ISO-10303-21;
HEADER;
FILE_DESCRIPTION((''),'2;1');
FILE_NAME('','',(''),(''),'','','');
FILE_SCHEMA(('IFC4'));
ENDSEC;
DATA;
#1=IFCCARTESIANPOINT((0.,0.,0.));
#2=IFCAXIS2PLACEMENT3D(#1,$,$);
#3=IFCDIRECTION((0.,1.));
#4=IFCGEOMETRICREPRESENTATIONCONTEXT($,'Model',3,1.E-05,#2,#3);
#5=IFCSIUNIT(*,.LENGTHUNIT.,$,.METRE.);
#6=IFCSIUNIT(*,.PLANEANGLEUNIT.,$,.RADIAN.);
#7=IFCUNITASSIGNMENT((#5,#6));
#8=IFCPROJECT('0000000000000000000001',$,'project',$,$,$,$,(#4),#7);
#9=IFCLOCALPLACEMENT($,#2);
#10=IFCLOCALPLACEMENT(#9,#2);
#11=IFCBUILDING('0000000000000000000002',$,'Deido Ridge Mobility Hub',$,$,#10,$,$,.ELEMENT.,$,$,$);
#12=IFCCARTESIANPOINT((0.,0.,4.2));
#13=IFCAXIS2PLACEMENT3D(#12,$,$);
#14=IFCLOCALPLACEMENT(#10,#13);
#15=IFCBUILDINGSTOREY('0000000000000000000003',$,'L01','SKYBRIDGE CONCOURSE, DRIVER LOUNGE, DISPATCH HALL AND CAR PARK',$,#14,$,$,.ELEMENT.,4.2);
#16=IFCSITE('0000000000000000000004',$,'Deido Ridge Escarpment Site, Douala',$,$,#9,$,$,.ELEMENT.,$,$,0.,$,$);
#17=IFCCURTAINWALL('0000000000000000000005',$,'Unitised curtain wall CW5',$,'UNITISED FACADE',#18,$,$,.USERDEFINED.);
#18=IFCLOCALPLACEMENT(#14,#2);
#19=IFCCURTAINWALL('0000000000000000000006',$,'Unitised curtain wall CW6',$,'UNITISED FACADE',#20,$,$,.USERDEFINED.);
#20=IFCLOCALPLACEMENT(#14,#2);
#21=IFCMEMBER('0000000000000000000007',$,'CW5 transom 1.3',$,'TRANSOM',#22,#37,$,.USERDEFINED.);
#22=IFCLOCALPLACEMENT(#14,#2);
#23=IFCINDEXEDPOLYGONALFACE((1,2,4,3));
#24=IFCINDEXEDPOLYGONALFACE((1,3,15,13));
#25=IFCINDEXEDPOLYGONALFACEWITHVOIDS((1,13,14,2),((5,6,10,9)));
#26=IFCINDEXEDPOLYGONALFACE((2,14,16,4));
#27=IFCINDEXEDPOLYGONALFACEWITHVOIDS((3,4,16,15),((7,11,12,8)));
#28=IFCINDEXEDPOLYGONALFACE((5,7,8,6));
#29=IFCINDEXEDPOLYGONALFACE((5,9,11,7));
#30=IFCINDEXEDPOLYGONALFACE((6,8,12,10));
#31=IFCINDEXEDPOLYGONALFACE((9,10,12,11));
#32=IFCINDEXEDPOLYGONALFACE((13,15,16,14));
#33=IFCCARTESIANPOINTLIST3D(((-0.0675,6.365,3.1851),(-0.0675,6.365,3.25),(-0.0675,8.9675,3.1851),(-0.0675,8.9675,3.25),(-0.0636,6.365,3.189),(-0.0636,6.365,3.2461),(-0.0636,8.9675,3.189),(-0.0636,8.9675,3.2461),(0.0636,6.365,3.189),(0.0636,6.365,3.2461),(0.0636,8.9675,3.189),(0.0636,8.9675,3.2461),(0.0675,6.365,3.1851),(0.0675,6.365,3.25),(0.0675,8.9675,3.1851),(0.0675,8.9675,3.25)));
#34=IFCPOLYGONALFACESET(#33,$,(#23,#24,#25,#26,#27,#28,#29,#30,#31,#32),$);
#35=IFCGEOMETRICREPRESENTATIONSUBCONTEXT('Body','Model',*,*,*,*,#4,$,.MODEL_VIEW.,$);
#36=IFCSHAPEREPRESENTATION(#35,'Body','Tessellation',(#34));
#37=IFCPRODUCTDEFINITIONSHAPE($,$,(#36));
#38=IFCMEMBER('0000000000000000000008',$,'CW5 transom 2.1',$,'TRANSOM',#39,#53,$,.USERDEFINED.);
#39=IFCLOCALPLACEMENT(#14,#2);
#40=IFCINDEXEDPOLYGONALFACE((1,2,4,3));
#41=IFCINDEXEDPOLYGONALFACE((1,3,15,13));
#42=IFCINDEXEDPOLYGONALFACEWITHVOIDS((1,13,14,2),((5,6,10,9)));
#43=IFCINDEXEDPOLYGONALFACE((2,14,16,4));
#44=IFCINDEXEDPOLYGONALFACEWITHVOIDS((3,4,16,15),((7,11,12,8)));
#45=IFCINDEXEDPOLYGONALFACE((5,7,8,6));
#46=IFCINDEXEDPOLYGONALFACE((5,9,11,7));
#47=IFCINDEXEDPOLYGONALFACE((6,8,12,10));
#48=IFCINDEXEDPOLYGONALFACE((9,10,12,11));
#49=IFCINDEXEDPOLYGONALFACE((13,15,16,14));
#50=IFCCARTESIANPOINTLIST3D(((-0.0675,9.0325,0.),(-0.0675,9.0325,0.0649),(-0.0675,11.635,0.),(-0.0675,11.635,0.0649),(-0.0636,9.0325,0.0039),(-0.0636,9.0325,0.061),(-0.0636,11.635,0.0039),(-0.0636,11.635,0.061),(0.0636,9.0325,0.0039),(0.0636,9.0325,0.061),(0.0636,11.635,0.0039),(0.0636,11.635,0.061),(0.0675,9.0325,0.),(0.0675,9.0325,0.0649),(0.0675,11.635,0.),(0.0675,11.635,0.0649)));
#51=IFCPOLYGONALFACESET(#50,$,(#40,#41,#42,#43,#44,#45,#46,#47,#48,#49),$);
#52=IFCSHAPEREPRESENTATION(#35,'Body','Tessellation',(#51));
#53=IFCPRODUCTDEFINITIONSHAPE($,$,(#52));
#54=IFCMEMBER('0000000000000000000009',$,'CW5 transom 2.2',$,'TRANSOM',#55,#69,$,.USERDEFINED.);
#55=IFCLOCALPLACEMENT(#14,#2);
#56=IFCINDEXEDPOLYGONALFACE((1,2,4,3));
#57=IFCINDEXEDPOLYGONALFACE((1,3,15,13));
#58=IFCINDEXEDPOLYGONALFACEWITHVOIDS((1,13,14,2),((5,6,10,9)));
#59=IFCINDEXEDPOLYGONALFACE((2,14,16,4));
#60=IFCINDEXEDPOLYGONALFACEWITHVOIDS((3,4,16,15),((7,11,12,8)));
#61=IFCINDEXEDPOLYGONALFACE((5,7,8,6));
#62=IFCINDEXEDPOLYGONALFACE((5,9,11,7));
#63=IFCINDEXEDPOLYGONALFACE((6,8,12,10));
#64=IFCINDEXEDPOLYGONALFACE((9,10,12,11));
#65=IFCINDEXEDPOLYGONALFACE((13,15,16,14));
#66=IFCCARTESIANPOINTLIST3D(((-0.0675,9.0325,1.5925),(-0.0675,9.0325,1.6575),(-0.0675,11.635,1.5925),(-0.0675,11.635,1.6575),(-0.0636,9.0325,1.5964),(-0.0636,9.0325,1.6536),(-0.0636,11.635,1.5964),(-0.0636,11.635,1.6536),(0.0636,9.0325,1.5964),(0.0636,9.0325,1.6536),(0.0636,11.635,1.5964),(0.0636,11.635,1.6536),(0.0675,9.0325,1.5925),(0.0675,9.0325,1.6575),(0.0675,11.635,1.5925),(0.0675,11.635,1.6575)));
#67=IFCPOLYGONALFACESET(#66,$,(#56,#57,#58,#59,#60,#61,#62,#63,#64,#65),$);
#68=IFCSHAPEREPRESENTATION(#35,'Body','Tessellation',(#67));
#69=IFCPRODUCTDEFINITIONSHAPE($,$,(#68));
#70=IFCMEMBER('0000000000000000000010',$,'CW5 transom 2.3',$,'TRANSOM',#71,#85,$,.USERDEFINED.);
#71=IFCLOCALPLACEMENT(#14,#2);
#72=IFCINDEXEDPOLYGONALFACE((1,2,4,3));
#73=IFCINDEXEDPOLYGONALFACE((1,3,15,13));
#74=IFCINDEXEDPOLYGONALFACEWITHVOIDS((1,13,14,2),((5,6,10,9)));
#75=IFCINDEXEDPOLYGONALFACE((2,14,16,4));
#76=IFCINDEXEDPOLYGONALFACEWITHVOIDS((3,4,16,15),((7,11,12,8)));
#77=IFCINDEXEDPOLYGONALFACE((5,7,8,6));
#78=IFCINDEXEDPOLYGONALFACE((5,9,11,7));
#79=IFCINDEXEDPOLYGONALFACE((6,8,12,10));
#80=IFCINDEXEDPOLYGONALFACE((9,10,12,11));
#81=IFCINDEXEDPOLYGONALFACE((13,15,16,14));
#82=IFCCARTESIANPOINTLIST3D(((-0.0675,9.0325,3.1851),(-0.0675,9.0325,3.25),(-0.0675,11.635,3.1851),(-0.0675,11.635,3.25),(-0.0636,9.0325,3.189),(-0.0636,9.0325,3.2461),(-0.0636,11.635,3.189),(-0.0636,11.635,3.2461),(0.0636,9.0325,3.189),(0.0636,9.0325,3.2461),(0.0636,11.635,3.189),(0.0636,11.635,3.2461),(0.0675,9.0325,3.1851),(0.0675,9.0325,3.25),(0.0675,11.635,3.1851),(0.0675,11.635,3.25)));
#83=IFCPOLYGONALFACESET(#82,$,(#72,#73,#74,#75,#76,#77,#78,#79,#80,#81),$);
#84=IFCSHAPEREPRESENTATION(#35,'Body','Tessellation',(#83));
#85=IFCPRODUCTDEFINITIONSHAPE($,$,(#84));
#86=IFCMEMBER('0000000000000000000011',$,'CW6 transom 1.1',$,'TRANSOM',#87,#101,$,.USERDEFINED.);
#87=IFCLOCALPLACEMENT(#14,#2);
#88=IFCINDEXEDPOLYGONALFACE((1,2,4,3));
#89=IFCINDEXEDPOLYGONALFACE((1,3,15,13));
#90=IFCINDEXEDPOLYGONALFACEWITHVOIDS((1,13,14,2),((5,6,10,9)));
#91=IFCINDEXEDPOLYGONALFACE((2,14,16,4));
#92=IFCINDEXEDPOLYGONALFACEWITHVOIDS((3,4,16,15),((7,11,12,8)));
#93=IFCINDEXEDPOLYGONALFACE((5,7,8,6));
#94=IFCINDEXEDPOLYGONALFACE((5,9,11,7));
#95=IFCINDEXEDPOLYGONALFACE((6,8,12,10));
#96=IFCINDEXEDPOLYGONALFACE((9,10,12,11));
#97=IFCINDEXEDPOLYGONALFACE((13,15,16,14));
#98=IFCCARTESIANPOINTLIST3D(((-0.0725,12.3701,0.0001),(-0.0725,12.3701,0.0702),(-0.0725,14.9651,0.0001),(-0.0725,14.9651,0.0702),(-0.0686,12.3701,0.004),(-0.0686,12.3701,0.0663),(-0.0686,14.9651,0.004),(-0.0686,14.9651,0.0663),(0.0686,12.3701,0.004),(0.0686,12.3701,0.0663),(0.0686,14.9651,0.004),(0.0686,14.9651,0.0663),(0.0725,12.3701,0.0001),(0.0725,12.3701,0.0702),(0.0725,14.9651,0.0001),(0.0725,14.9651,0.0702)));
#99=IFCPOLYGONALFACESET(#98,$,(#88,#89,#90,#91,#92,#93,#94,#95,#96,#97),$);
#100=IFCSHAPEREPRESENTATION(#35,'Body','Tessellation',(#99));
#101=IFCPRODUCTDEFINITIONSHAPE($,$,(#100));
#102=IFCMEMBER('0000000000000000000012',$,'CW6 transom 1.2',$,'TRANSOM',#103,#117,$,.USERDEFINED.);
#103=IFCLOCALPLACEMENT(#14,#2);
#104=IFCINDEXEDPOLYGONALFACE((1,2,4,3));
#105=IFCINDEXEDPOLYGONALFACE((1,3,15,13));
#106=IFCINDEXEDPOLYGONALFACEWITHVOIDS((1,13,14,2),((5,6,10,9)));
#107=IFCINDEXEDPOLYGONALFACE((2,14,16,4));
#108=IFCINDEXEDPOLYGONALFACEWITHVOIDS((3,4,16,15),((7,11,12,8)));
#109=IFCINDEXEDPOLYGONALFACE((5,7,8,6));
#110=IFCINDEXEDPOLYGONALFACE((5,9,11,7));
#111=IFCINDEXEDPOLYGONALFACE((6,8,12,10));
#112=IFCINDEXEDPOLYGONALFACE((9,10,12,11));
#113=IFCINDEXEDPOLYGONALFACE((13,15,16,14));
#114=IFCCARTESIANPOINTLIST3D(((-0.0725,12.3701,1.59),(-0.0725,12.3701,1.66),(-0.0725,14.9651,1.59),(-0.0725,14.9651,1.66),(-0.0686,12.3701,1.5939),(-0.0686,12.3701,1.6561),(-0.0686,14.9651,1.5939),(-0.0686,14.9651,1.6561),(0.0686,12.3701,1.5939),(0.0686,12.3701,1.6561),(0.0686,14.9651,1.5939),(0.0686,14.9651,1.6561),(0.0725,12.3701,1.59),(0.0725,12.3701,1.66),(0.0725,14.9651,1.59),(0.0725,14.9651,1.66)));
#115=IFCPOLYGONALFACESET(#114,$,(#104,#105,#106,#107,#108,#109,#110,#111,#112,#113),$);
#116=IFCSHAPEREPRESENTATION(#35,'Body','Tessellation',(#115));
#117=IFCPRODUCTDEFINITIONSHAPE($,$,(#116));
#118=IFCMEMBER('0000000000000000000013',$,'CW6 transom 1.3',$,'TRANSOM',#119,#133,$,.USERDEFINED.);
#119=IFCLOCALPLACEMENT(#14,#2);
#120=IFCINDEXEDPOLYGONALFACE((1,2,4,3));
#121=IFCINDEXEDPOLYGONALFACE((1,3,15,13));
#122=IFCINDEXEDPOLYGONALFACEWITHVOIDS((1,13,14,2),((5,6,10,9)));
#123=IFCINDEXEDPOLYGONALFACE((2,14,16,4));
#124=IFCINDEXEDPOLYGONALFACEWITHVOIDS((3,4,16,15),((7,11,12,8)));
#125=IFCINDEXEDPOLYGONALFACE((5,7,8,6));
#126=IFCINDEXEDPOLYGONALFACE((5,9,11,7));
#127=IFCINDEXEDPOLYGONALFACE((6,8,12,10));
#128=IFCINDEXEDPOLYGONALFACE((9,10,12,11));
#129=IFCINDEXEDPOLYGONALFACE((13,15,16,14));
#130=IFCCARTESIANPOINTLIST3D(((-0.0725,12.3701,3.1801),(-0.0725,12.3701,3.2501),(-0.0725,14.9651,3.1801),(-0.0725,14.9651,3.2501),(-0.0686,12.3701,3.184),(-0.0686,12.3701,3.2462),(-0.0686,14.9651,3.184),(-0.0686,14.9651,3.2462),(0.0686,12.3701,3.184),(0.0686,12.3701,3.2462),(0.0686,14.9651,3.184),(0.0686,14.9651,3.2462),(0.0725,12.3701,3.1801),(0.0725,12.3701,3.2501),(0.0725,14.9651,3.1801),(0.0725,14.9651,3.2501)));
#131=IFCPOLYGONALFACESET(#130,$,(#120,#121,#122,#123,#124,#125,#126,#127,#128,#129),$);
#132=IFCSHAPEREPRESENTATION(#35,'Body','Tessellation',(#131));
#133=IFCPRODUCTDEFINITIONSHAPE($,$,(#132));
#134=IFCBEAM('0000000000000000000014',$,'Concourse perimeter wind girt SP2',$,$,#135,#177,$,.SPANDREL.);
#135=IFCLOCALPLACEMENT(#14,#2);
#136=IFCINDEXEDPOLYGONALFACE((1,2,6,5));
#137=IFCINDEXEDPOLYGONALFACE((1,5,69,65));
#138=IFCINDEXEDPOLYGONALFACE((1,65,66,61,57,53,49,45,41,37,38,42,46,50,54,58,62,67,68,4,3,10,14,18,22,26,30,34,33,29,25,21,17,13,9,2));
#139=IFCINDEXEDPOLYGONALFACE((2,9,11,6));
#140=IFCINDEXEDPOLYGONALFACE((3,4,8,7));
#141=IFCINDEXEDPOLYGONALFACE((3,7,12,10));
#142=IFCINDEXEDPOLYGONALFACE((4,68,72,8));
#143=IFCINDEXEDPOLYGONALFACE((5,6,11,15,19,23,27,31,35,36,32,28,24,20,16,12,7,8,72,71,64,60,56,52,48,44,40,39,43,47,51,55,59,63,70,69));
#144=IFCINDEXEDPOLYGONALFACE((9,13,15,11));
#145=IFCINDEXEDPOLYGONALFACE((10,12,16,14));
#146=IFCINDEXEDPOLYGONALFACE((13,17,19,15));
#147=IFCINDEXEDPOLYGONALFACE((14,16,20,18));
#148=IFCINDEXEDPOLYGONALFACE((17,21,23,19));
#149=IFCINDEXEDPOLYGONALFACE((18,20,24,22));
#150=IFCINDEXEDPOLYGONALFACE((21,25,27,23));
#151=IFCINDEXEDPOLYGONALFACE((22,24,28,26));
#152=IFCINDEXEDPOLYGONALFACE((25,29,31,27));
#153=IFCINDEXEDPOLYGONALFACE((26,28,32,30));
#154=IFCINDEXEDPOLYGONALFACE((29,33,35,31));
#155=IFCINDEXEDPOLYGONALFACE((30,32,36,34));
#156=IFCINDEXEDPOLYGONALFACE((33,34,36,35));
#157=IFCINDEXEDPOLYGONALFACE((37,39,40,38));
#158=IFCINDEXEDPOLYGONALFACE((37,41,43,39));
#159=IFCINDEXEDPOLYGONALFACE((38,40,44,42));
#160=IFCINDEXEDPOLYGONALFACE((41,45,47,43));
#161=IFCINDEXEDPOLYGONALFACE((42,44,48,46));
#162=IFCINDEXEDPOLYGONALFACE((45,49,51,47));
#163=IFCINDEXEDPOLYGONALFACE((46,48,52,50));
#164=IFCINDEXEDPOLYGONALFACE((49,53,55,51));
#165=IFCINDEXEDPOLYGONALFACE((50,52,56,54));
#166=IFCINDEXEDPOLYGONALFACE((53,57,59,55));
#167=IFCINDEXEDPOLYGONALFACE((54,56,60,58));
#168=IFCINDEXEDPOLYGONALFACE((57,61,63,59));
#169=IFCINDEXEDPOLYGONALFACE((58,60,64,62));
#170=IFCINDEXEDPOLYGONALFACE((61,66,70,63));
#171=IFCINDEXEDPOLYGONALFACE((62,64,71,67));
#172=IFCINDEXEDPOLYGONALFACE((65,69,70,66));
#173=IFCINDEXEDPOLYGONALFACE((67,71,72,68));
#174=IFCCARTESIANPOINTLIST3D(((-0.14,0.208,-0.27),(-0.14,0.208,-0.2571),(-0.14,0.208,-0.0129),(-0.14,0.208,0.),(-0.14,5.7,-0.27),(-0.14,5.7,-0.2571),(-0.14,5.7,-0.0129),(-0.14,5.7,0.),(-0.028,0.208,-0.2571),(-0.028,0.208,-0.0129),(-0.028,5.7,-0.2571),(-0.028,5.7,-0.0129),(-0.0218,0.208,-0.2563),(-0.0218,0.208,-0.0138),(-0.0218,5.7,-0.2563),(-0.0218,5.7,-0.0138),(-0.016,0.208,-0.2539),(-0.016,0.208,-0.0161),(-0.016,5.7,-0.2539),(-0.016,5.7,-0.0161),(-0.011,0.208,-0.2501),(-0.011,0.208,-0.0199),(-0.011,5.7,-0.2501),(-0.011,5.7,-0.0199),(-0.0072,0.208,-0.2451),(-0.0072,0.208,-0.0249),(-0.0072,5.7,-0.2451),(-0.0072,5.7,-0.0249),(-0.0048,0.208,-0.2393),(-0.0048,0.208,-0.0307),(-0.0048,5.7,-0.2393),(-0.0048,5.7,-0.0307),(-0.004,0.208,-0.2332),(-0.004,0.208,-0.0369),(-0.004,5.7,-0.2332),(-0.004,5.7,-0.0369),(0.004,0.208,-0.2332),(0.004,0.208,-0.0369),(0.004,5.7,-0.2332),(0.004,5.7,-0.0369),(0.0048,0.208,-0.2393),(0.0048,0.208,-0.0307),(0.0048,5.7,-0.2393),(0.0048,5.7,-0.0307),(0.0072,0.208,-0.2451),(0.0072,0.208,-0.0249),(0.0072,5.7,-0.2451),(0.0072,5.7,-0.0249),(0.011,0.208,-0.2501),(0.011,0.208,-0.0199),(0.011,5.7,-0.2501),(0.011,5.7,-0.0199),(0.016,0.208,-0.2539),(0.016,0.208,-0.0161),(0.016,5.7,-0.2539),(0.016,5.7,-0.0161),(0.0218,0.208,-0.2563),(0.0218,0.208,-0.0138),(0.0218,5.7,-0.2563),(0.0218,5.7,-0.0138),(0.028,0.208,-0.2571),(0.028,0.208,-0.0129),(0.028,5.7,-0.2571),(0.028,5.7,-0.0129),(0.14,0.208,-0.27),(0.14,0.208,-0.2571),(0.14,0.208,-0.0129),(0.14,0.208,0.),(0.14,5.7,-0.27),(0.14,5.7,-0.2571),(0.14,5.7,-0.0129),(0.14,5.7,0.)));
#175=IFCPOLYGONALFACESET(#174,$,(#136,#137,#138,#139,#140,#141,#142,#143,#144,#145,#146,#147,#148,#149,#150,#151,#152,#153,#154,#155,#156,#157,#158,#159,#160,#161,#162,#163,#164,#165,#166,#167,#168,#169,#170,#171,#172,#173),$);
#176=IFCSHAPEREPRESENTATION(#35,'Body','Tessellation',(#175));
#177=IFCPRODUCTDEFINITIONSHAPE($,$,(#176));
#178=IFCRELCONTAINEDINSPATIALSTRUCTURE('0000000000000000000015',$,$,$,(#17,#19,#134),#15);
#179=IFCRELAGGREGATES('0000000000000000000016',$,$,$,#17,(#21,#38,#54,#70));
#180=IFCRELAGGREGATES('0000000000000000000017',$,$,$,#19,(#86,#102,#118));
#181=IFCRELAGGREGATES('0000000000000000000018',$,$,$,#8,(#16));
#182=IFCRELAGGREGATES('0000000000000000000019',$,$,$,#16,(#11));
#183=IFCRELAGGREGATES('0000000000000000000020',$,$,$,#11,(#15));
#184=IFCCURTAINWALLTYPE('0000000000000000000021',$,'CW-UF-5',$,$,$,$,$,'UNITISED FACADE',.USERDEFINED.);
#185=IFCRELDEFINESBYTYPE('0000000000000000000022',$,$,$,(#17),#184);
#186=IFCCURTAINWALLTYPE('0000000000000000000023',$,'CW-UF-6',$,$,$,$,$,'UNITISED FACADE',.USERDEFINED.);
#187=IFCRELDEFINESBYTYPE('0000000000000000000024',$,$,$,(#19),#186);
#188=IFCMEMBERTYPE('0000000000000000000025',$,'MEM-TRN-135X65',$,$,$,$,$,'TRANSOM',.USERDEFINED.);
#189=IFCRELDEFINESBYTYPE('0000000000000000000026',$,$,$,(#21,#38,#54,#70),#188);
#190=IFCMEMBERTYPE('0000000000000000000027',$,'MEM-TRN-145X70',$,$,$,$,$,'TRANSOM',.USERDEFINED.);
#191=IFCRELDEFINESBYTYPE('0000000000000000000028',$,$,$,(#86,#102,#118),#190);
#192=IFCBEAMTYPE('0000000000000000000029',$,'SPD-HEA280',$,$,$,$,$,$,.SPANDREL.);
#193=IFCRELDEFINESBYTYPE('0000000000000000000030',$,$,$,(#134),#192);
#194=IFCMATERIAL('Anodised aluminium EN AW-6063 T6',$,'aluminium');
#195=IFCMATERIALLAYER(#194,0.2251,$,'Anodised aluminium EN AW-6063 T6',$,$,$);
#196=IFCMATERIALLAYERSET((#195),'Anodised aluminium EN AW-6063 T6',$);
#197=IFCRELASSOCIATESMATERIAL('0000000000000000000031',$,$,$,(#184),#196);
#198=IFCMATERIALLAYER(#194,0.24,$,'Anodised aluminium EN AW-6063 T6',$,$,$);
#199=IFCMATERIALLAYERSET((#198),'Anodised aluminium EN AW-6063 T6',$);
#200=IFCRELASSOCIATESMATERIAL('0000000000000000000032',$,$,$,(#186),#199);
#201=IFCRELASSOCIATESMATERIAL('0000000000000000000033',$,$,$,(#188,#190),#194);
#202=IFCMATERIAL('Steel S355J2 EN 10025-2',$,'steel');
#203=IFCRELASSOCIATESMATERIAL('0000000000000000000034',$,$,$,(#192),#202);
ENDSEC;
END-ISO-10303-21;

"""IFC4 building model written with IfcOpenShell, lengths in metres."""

from ifc_helpers import new_model, si_unit, direction, frame, origin, origin_2d, place, context, subcontext, project, spatial, hollow_rectangle, i_section, extrude, material, layer, layer_set, material_profile, profile_set, type_object, element, aggregate, save


model = new_model("IFC4")

# Units and contexts
model_context = context("Model", 3, precision=1e-05, world=origin(), true_north=direction((0.0, 1.0)))
body_context = subcontext(model_context, "Body", "Model", "MODEL_VIEW")
ifc_project = project(units=[si_unit("LENGTHUNIT", "METRE"), si_unit("PLANEANGLEUNIT", "RADIAN")], contexts=[model_context])

# Site, building, storey
site_placement = place(None, origin())
site = spatial("IfcSite", under=ifc_project, at=site_placement, Name="Deido Ridge Escarpment Site, Douala", CompositionType="ELEMENT", RefElevation=0.0)
building_placement = place(site_placement, origin())
building = spatial("IfcBuilding", under=site, at=building_placement, Name="Deido Ridge Mobility Hub", CompositionType="ELEMENT")
storey_placement = place(building_placement, frame((0.0, 0.0, 4.2)))
storey = spatial("IfcBuildingStorey", under=building, at=storey_placement, Name="L01", Description="SKYBRIDGE CONCOURSE, DRIVER LOUNGE, DISPATCH HALL AND CAR PARK", CompositionType="ELEMENT", Elevation=4.2)

# Shared definitions
ifc_material_1 = material(Name="Steel S355J2 EN 10025-2", Category="steel")

# Curtain wall
ifc_material_2 = material(Name="Anodised aluminium EN AW-6063 T6", Category="aluminium")
ifc_layer_1 = layer(ifc_material_2, 0.2251, Name="Anodised aluminium EN AW-6063 T6")
ifc_layer_set_1 = layer_set([ifc_layer_1], Name="Anodised aluminium EN AW-6063 T6")
curtain_wall_type_1 = type_object("IfcCurtainWallType", Name="CW-UF-5", ElementType="UNITISED FACADE", PredefinedType="USERDEFINED", material=ifc_layer_set_1)
curtain_wall_1_placement = place(storey_placement, origin())
curtain_wall_1 = element("IfcCurtainWall", 1, at=curtain_wall_1_placement, inside=storey, type_object=curtain_wall_type_1, Name="Unitised curtain wall CW5", ObjectType="UNITISED FACADE", PredefinedType="USERDEFINED")

# Curtain wall
ifc_layer_2 = layer(ifc_material_2, 0.24, Name="Anodised aluminium EN AW-6063 T6")
ifc_layer_set_2 = layer_set([ifc_layer_2], Name="Anodised aluminium EN AW-6063 T6")
curtain_wall_type_2 = type_object("IfcCurtainWallType", Name="CW-UF-6", ElementType="UNITISED FACADE", PredefinedType="USERDEFINED", material=ifc_layer_set_2)
curtain_wall_2_placement = place(storey_placement, origin())
curtain_wall_2 = element("IfcCurtainWall", 2, at=curtain_wall_2_placement, inside=storey, type_object=curtain_wall_type_2, Name="Unitised curtain wall CW6", ObjectType="UNITISED FACADE", PredefinedType="USERDEFINED")

# Members
ifc_material_profile_1 = material_profile(ifc_material_2, hollow_rectangle(XDim=0.135, YDim=0.0649, WallThickness=0.0039, at=origin_2d()), Name="RHS 135x65x4")
ifc_profile_set_1 = profile_set([ifc_material_profile_1], Name="Anodised aluminium EN AW-6063 T6")
member_type_1 = type_object("IfcMemberType", Name="MEM-TRN-135X65", ElementType="TRANSOM", PredefinedType="USERDEFINED", material=ifc_profile_set_1)
member_1_placement = place(storey_placement, frame((0.0, 6.365, 3.2175), z_axis=(0.0, 1.0, 0.0), x_axis=(-1.0, 0.0, 0.0)))
member_1 = element("IfcMember", 3, at=member_1_placement, type_object=member_type_1, Name="CW5 transom 1.3", ObjectType="TRANSOM", PredefinedType="USERDEFINED", context=body_context, shape_type="SweptSolid", body=[
    extrude(hollow_rectangle(XDim=0.135, YDim=0.0649, WallThickness=0.0039, at=origin_2d()), origin(), (0.0, 0.0, 1.0), 2.6025),
])
member_2_placement = place(storey_placement, frame((0.0, 9.0325, 0.0325), z_axis=(0.0, 1.0, 0.0), x_axis=(-1.0, 0.0, 0.0)))
member_2 = element("IfcMember", 4, at=member_2_placement, type_object=member_type_1, Name="CW5 transom 2.1", ObjectType="TRANSOM", PredefinedType="USERDEFINED", context=body_context, shape_type="SweptSolid", body=[
    extrude(hollow_rectangle(XDim=0.135, YDim=0.0649, WallThickness=0.0039, at=origin_2d()), origin(), (0.0, 0.0, 1.0), 2.6025),
])
member_3_placement = place(storey_placement, frame((0.0, 9.0325, 1.625), z_axis=(0.0, 1.0, 0.0), x_axis=(-1.0, 0.0, 0.0)))
member_3 = element("IfcMember", 5, at=member_3_placement, type_object=member_type_1, Name="CW5 transom 2.2", ObjectType="TRANSOM", PredefinedType="USERDEFINED", context=body_context, shape_type="SweptSolid", body=[
    extrude(hollow_rectangle(XDim=0.135, YDim=0.0649, WallThickness=0.0039, at=origin_2d()), origin(), (0.0, 0.0, 1.0), 2.6025),
])
member_4_placement = place(storey_placement, frame((0.0, 9.0325, 3.2175), z_axis=(0.0, 1.0, 0.0), x_axis=(-1.0, 0.0, 0.0)))
member_4 = element("IfcMember", 6, at=member_4_placement, type_object=member_type_1, Name="CW5 transom 2.3", ObjectType="TRANSOM", PredefinedType="USERDEFINED", context=body_context, shape_type="SweptSolid", body=[
    extrude(hollow_rectangle(XDim=0.135, YDim=0.0649, WallThickness=0.0039, at=origin_2d()), origin(), (0.0, 0.0, 1.0), 2.6025),
])
ifc_material_profile_2 = material_profile(ifc_material_2, hollow_rectangle(XDim=0.145, YDim=0.0701, WallThickness=0.0039, at=origin_2d()), Name="RHS 145x70x4")
ifc_profile_set_2 = profile_set([ifc_material_profile_2], Name="Anodised aluminium EN AW-6063 T6")
member_type_2 = type_object("IfcMemberType", Name="MEM-TRN-145X70", ElementType="TRANSOM", PredefinedType="USERDEFINED", material=ifc_profile_set_2)
member_5_placement = place(storey_placement, frame((0.0, 12.3701, 0.0352), z_axis=(0.0, 1.0, 0.0), x_axis=(-1.0, 0.0, 0.0)))
member_5 = element("IfcMember", 7, at=member_5_placement, type_object=member_type_2, Name="CW6 transom 1.1", ObjectType="TRANSOM", PredefinedType="USERDEFINED", context=body_context, shape_type="SweptSolid", body=[
    extrude(hollow_rectangle(XDim=0.145, YDim=0.0701, WallThickness=0.0039, at=origin_2d()), origin(), (0.0, 0.0, 1.0), 2.595),
])
member_6_placement = place(storey_placement, frame((0.0, 12.3701, 1.625), z_axis=(0.0, 1.0, 0.0), x_axis=(-1.0, 0.0, 0.0)))
member_6 = element("IfcMember", 8, at=member_6_placement, type_object=member_type_2, Name="CW6 transom 1.2", ObjectType="TRANSOM", PredefinedType="USERDEFINED", context=body_context, shape_type="SweptSolid", body=[
    extrude(hollow_rectangle(XDim=0.145, YDim=0.0701, WallThickness=0.0039, at=origin_2d()), origin(), (0.0, 0.0, 1.0), 2.595),
])
member_7_placement = place(storey_placement, frame((0.0, 12.3701, 3.2151), z_axis=(0.0, 1.0, 0.0), x_axis=(-1.0, 0.0, 0.0)))
member_7 = element("IfcMember", 9, at=member_7_placement, type_object=member_type_2, Name="CW6 transom 1.3", ObjectType="TRANSOM", PredefinedType="USERDEFINED", context=body_context, shape_type="SweptSolid", body=[
    extrude(hollow_rectangle(XDim=0.145, YDim=0.0701, WallThickness=0.0039, at=origin_2d()), origin(), (0.0, 0.0, 1.0), 2.595),
])

# Beam
ifc_material_profile_3 = material_profile(ifc_material_1, i_section(OverallWidth=0.28, OverallDepth=0.27, WebThickness=0.0081, FlangeThickness=0.0129, FilletRadius=0.0239, at=origin_2d()), Name="HEA 280")
ifc_profile_set_3 = profile_set([ifc_material_profile_3], Name="Steel S355J2 EN 10025-2")
beam_type = type_object("IfcBeamType", Name="SPD-HEA280", PredefinedType="SPANDREL", material=ifc_profile_set_3)
beam_placement = place(storey_placement, frame((0.0, 0.208, -0.135), z_axis=(0.0, 1.0, 0.0), x_axis=(-1.0, 0.0, 0.0)))
element("IfcBeam", 10, at=beam_placement, inside=storey, type_object=beam_type, Name="Concourse perimeter wind girt SP2", PredefinedType="SPANDREL", context=body_context, shape_type="SweptSolid", body=[
    extrude(i_section(OverallWidth=0.28, OverallDepth=0.27, WebThickness=0.0081, FlangeThickness=0.0129, FilletRadius=0.0239, at=origin_2d()), origin(), (0.0, 0.0, 1.0), 5.4919),
])

aggregate(curtain_wall_1, [member_1, member_2, member_3, member_4])
aggregate(curtain_wall_2, [member_5, member_6, member_7])

save(model, "model.ifc")
